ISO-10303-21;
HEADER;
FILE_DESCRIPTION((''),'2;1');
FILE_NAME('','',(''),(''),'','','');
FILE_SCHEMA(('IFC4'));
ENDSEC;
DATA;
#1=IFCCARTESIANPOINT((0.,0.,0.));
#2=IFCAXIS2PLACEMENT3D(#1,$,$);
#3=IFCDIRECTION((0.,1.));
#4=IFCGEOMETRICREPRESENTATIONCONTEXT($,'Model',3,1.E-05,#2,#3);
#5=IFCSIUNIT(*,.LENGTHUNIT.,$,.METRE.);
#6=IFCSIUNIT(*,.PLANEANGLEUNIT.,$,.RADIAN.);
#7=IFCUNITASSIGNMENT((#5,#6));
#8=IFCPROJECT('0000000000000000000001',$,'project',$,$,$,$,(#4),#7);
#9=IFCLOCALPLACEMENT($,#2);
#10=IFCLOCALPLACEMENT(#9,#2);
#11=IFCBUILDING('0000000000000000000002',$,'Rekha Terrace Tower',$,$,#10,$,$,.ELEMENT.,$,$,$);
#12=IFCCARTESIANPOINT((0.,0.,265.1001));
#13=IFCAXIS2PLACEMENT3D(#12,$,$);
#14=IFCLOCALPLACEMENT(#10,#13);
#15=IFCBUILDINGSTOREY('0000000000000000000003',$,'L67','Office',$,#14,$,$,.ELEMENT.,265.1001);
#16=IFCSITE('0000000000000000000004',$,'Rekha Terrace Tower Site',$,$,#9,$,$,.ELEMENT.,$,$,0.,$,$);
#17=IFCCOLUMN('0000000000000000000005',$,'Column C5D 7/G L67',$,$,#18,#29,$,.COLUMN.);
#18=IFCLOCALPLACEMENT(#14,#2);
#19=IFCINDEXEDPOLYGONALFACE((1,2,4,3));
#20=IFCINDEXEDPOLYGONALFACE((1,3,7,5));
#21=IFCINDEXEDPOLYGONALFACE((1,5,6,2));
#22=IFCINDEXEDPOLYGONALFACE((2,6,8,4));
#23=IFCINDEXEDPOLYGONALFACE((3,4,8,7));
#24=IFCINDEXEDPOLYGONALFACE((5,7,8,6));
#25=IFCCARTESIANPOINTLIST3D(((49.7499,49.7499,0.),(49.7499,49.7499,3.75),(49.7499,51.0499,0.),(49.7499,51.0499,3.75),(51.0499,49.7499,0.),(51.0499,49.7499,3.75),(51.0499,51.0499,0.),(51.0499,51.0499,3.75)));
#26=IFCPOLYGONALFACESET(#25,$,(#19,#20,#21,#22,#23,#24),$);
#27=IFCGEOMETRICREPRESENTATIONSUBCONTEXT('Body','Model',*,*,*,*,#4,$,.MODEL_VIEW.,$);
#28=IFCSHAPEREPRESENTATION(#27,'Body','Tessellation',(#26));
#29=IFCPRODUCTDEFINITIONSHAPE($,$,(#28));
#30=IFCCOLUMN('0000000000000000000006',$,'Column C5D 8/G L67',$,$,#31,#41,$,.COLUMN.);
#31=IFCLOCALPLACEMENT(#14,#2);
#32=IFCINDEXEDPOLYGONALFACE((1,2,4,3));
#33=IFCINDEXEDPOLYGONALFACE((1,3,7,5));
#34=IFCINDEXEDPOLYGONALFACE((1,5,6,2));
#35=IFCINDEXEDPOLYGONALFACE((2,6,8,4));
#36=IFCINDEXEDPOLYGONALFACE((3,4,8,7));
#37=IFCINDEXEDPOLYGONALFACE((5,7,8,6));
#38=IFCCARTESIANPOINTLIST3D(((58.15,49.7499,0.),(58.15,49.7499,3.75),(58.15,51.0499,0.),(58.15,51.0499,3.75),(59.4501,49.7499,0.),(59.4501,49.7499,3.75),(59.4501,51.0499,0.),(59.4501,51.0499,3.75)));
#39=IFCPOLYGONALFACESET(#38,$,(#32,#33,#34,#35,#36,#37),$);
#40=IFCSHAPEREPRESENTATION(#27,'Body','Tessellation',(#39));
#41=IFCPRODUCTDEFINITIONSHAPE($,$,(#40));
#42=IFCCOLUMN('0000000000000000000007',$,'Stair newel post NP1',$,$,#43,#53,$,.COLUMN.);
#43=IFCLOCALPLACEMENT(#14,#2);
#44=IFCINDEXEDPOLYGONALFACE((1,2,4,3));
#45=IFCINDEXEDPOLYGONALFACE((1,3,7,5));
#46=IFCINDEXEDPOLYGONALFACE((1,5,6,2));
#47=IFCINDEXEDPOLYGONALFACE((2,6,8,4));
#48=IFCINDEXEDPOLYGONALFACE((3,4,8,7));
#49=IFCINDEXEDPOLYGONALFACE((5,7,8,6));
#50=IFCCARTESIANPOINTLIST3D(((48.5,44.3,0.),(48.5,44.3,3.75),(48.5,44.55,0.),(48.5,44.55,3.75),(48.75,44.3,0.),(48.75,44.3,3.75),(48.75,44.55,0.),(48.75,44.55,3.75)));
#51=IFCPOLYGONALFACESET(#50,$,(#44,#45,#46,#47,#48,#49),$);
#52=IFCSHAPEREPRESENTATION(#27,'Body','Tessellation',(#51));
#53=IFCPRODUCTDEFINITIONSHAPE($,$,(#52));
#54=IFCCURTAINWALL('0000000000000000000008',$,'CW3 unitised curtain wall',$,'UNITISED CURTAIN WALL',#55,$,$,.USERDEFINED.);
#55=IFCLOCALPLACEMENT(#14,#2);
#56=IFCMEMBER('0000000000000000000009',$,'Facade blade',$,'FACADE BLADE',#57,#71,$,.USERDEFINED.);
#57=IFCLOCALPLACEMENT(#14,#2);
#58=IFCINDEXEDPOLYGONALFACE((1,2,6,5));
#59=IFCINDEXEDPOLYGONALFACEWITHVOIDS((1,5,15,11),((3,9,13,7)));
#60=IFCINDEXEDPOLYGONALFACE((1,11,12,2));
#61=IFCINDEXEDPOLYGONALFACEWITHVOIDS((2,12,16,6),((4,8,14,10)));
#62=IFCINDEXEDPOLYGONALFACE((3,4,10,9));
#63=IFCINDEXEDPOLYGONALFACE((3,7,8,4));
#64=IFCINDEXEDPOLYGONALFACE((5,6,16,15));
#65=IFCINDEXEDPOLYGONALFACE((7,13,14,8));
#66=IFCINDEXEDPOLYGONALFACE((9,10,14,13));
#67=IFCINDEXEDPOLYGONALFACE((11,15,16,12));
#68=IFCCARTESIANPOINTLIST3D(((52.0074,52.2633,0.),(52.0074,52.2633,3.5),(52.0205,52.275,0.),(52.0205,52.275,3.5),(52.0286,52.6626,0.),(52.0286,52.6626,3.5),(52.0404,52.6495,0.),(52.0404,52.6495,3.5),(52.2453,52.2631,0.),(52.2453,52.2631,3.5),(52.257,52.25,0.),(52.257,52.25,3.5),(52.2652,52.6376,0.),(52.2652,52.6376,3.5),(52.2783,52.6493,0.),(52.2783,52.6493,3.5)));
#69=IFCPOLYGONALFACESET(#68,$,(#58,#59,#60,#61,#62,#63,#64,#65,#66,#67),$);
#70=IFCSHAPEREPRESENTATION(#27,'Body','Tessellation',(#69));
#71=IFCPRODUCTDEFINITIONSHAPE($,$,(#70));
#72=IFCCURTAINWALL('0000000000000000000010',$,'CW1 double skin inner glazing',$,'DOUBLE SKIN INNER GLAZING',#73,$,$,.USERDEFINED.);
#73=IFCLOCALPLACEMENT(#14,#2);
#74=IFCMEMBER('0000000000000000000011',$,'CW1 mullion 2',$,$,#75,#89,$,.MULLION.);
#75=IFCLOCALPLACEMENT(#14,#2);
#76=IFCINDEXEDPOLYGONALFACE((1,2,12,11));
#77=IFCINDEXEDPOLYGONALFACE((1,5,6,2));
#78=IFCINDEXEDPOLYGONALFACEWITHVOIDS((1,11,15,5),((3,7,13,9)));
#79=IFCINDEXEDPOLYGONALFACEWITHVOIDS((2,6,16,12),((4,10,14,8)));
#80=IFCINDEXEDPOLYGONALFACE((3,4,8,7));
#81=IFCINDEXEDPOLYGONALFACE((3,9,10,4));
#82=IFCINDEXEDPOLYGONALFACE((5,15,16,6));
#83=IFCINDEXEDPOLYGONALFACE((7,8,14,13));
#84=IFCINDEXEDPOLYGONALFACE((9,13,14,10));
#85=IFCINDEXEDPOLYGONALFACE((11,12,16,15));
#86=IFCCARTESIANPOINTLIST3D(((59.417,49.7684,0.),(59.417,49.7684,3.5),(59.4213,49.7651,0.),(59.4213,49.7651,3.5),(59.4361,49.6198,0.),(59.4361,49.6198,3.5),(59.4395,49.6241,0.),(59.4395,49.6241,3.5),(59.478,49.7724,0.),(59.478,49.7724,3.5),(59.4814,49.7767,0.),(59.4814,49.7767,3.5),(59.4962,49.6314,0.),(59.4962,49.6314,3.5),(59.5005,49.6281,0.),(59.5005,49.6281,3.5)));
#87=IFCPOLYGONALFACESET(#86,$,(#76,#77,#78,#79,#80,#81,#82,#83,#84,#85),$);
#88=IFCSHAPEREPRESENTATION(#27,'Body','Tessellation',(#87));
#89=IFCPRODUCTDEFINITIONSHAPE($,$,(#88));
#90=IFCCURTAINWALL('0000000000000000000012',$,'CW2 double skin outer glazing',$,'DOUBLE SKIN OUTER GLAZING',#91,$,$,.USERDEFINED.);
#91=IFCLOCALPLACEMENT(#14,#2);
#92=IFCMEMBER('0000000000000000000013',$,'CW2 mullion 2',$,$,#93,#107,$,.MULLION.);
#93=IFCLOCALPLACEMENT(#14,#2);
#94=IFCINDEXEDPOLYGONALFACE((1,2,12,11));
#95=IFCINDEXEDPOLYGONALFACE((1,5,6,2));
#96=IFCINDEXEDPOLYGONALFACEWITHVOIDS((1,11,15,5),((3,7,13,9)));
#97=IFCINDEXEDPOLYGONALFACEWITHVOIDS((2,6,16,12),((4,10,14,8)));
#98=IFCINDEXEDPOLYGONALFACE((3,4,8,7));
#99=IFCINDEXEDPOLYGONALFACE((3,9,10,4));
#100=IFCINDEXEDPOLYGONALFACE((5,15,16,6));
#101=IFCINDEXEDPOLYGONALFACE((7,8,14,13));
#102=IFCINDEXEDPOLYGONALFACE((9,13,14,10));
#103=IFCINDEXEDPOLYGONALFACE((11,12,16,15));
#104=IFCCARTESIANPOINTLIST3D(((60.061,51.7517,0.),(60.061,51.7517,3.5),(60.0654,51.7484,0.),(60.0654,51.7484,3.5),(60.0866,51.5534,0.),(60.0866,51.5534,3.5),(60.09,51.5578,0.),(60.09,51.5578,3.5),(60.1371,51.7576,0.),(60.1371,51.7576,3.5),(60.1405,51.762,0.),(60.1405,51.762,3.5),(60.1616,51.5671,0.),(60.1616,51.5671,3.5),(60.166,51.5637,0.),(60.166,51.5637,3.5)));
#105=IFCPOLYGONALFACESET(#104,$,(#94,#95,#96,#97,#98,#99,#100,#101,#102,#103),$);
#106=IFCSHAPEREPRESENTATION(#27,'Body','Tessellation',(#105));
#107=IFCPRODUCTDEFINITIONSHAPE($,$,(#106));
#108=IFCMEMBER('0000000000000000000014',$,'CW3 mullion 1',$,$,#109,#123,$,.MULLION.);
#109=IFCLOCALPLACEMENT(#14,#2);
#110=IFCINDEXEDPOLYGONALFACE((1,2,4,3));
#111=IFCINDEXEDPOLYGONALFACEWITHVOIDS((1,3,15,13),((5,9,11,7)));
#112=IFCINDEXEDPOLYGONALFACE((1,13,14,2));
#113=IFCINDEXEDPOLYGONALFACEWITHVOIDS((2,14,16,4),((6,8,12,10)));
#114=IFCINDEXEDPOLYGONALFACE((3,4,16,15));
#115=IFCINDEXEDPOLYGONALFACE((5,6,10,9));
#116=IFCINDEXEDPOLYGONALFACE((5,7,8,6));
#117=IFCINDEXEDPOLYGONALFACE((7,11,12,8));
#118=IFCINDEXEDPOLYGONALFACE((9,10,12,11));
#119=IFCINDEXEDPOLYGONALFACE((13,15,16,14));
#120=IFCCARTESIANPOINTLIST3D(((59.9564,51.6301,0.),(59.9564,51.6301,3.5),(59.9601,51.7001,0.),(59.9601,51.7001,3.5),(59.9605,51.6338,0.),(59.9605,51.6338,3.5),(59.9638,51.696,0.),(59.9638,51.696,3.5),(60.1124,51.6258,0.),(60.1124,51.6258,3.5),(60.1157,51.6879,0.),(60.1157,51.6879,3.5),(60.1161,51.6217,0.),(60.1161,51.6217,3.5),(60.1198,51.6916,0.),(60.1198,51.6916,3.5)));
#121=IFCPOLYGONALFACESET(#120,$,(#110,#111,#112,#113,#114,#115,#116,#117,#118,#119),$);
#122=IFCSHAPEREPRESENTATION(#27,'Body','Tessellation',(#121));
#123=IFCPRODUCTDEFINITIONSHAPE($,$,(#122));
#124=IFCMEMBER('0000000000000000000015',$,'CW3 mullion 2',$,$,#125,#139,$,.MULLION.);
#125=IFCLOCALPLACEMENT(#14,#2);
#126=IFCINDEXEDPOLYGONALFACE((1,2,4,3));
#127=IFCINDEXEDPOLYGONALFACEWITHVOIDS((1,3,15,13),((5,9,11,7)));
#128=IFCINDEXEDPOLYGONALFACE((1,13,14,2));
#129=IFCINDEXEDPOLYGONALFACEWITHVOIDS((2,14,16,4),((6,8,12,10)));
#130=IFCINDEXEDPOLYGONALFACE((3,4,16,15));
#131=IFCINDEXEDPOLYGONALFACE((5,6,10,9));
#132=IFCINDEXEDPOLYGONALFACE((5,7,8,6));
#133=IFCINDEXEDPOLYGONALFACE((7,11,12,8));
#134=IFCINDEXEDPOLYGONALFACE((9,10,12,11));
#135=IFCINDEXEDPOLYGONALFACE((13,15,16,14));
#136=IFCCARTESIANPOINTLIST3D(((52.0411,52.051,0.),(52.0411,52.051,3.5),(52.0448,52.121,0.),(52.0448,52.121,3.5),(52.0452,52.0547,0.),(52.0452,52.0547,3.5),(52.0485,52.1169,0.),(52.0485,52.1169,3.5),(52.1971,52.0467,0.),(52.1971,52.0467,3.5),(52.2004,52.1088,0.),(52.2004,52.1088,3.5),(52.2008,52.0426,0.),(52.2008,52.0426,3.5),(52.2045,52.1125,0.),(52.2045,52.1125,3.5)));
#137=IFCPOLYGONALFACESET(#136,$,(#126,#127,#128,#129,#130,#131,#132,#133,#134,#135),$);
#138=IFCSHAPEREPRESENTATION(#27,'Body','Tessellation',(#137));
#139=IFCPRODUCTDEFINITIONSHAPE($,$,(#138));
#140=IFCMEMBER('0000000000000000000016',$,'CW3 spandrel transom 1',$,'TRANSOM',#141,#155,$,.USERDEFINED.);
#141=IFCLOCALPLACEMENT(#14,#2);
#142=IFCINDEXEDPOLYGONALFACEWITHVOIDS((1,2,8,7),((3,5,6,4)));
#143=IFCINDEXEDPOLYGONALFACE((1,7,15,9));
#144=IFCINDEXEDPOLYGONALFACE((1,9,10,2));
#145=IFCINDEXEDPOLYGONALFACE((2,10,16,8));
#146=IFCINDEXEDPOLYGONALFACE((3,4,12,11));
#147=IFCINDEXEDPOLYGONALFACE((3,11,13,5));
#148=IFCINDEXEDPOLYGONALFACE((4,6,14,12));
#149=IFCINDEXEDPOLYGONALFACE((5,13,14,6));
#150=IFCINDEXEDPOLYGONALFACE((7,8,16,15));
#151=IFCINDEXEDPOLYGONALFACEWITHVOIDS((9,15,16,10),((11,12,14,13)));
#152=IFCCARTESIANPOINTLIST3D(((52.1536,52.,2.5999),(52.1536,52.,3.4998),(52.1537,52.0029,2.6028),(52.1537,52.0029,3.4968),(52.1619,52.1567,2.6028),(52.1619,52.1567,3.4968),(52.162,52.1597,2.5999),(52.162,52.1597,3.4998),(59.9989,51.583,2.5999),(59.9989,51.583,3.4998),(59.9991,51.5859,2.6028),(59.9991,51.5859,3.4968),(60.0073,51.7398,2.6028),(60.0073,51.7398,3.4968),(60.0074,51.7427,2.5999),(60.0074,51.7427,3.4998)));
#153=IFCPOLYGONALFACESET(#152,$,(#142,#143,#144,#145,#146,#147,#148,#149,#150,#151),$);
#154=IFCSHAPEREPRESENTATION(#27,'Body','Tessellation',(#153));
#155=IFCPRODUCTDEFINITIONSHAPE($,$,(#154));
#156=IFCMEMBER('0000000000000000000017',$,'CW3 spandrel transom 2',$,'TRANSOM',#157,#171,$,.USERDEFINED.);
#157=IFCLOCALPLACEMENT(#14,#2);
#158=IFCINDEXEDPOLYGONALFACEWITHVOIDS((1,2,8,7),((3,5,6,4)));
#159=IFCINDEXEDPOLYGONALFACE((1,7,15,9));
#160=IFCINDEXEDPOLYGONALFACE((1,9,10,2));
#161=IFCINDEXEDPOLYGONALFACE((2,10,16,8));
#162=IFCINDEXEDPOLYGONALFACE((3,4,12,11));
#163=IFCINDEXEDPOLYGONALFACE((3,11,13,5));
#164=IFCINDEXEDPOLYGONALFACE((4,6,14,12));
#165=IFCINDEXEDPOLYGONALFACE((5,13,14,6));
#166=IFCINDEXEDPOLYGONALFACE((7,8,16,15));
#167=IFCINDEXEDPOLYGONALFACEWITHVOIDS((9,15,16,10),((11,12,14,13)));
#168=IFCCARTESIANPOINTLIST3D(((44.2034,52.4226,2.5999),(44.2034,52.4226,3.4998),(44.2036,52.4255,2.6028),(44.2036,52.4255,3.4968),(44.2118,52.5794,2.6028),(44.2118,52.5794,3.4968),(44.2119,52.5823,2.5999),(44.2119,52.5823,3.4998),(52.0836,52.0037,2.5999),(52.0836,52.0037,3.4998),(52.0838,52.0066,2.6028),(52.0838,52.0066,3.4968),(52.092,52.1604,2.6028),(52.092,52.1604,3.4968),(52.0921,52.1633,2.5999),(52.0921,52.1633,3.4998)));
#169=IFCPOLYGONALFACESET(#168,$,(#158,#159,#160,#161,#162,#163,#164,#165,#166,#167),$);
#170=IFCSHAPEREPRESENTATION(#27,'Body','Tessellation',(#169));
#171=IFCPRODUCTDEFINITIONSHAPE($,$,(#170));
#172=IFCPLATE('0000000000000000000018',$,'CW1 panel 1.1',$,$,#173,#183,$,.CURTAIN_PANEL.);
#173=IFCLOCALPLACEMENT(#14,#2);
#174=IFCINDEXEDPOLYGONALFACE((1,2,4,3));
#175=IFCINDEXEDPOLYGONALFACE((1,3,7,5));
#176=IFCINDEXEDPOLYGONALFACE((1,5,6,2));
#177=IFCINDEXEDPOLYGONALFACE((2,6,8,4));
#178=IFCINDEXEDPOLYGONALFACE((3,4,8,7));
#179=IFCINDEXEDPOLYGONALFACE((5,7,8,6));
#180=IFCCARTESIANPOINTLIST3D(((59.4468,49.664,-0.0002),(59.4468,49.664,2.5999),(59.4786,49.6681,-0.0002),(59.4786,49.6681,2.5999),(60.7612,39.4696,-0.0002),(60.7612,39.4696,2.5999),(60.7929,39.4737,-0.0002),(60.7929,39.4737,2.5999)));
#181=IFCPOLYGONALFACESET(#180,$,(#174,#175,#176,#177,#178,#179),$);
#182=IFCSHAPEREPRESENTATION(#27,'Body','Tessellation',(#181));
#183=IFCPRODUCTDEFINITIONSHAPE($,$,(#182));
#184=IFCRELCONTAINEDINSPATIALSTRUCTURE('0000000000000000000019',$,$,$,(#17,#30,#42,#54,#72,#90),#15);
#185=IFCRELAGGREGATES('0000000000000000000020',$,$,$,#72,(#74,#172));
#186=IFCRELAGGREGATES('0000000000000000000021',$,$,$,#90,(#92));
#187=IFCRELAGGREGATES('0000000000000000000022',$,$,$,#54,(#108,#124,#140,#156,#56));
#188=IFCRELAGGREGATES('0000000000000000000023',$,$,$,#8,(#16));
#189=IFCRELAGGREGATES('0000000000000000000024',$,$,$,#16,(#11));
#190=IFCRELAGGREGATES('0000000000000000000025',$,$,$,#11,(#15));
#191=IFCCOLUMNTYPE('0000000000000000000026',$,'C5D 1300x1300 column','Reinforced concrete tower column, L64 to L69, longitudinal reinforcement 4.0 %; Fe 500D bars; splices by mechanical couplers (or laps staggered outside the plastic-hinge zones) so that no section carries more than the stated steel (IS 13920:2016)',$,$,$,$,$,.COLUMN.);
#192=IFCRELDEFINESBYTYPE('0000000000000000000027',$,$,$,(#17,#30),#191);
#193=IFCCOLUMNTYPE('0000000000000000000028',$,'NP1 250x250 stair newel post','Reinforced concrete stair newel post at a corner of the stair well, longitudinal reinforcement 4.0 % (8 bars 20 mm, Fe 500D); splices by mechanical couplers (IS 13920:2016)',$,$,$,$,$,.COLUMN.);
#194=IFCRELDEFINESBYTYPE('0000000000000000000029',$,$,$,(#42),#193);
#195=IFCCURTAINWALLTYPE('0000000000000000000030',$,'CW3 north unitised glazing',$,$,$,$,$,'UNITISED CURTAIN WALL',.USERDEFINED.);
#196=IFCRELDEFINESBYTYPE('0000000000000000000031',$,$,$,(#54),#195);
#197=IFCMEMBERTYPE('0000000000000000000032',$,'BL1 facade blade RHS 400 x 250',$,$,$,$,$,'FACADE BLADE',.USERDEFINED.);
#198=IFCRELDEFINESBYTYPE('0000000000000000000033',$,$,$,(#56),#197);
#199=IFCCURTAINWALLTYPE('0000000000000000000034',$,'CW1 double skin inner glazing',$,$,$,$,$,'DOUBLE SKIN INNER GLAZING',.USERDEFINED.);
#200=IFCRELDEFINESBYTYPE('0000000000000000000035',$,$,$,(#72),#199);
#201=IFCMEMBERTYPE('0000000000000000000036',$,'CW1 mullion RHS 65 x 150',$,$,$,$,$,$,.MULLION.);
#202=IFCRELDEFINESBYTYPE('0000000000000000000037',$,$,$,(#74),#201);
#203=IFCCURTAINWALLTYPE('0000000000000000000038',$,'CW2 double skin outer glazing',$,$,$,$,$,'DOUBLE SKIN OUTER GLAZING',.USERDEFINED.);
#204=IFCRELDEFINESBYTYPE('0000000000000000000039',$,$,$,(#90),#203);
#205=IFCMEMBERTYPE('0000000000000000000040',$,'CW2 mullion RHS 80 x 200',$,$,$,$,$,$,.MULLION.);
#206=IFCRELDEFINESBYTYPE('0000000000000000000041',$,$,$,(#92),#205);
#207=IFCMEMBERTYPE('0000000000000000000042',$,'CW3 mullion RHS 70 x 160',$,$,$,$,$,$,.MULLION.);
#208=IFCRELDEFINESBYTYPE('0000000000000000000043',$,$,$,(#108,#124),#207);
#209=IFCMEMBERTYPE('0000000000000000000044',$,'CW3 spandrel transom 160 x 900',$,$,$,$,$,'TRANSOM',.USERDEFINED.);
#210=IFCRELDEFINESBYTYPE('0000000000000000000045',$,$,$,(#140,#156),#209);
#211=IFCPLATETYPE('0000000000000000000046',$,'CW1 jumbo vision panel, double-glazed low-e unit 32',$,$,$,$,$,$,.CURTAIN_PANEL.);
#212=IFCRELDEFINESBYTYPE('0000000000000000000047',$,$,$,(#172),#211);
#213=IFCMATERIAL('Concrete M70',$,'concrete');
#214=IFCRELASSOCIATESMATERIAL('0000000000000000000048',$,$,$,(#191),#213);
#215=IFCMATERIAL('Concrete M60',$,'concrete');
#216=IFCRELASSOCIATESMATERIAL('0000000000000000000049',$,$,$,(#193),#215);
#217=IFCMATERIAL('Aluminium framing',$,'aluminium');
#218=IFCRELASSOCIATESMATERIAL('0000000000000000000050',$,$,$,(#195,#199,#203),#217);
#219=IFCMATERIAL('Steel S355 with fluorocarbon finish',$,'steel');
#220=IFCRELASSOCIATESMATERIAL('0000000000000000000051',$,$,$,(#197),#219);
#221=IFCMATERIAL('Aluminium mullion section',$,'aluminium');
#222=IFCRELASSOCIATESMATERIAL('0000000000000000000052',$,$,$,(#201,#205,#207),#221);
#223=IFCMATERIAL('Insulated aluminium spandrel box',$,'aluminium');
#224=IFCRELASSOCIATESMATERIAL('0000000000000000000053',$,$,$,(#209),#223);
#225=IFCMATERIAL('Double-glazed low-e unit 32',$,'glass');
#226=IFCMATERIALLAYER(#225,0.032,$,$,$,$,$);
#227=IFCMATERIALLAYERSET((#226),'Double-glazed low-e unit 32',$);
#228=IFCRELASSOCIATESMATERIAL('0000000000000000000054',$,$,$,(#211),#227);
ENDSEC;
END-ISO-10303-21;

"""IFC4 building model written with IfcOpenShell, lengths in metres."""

from ifc_helpers import new_model, si_unit, direction, frame, origin, origin_2d, place, context, subcontext, project, spatial, rectangle, hollow_rectangle, extrude, material, layer, layer_set, material_profile, profile_set, type_object, element, aggregate, save


model = new_model("IFC4")

# Units and contexts
model_context = context("Model", 3, precision=1e-05, world=origin(), true_north=direction((0.0, 1.0)))
body_context = subcontext(model_context, "Body", "Model", "MODEL_VIEW")
ifc_project = project(units=[si_unit("LENGTHUNIT", "METRE"), si_unit("PLANEANGLEUNIT", "RADIAN")], contexts=[model_context])

# Site, building, storey
site_placement = place(None, origin())
site = spatial("IfcSite", under=ifc_project, at=site_placement, Name="Rekha Terrace Tower Site", CompositionType="ELEMENT", RefElevation=0.0)
building_placement = place(site_placement, origin())
building = spatial("IfcBuilding", under=site, at=building_placement, Name="Rekha Terrace Tower", CompositionType="ELEMENT")
storey_placement = place(building_placement, frame((0.0, 0.0, 265.1001)))
storey = spatial("IfcBuildingStorey", under=building, at=storey_placement, Name="L67", Description="Office", CompositionType="ELEMENT", Elevation=265.1001)

# Columns
ifc_material_1 = material(Name="Concrete M70", Category="concrete")
ifc_material_profile_1 = material_profile(ifc_material_1, rectangle(XDim=1.3, YDim=1.3, at=origin_2d()), Name="RC 1300x1300")
ifc_profile_set_1 = profile_set([ifc_material_profile_1], Name="Concrete M70")
column_type_1 = type_object("IfcColumnType", Name="C5D 1300x1300 column", Description="Reinforced concrete tower column, L64 to L69, longitudinal reinforcement 4.0 %; Fe 500D bars; splices by mechanical couplers (or laps staggered outside the plastic-hinge zones) so that no section carries more than the stated steel (IS 13920:2016)", PredefinedType="COLUMN", material=ifc_profile_set_1)
for number, where, z_axis, x_axis, name in (
    (1, (50.3999, 50.3999, 0.0), (0.0, 0.0, 1.0), (1.0, 0.0, 0.0), "Column C5D 7/G L67"),
    (2, (58.8, 50.3999, 0.0), (0.0, 0.0, 1.0), (1.0, 0.0, 0.0), "Column C5D 8/G L67"),
):
    element("IfcColumn", number, at=place(storey_placement, frame(where, z_axis=z_axis, x_axis=x_axis)), inside=storey, type_object=column_type_1, Name=name, PredefinedType="COLUMN", context=body_context, shape_type="SweptSolid", body=[
        extrude(rectangle(XDim=1.3, YDim=1.3, at=origin_2d()), origin(), (0.0, 0.0, 1.0), 3.75),
    ])
ifc_material_2 = material(Name="Concrete M60", Category="concrete")
ifc_material_profile_2 = material_profile(ifc_material_2, rectangle(XDim=0.25, YDim=0.25, at=origin_2d()), Name="RC 250x250")
ifc_profile_set_2 = profile_set([ifc_material_profile_2], Name="Concrete M60")
column_type_2 = type_object("IfcColumnType", Name="NP1 250x250 stair newel post", Description="Reinforced concrete stair newel post at a corner of the stair well, longitudinal reinforcement 4.0 % (8 bars 20 mm, Fe 500D); splices by mechanical couplers (IS 13920:2016)", PredefinedType="COLUMN", material=ifc_profile_set_2)
column_placement = place(storey_placement, frame((48.625, 44.425, 0.0), z_axis=(0.0, 0.0, 1.0), x_axis=(1.0, 0.0, 0.0)))
element("IfcColumn", 3, at=column_placement, inside=storey, type_object=column_type_2, Name="Stair newel post NP1", PredefinedType="COLUMN", context=body_context, shape_type="SweptSolid", body=[
    extrude(rectangle(XDim=0.25, YDim=0.25, at=origin_2d()), origin(), (0.0, 0.0, 1.0), 3.75),
])

# Curtain walls, members
ifc_material_3 = material(Name="Aluminium framing", Category="aluminium")
curtain_wall_type_1 = type_object("IfcCurtainWallType", Name="CW3 north unitised glazing", ElementType="UNITISED CURTAIN WALL", PredefinedType="USERDEFINED", material=ifc_material_3)
curtain_wall_1_placement = place(storey_placement, origin())
curtain_wall_1 = element("IfcCurtainWall", 4, at=curtain_wall_1_placement, inside=storey, type_object=curtain_wall_type_1, Name="CW3 unitised curtain wall", ObjectType="UNITISED CURTAIN WALL", PredefinedType="USERDEFINED")
ifc_material_4 = material(Name="Steel S355 with fluorocarbon finish", Category="steel")
ifc_material_profile_3 = material_profile(ifc_material_4, hollow_rectangle(XDim=0.25, YDim=0.3999, WallThickness=0.0125, at=origin_2d()), Name="RHS400x250x12.5")
ifc_profile_set_3 = profile_set([ifc_material_profile_3], Name="Steel S355 with fluorocarbon finish")
member_type_1 = type_object("IfcMemberType", Name="BL1 facade blade RHS 400 x 250", ElementType="FACADE BLADE", PredefinedType="USERDEFINED", material=ifc_profile_set_3)
member_1_placement = place(storey_placement, frame((52.1428, 52.4563, 0.0), z_axis=(0.0, 0.0, 1.0), x_axis=(-0.99859, 0.053084, 0.0)))
member_1 = element("IfcMember", 5, at=member_1_placement, type_object=member_type_1, Name="Facade blade", ObjectType="FACADE BLADE", PredefinedType="USERDEFINED", context=body_context, shape_type="SweptSolid", body=[
    extrude(hollow_rectangle(XDim=0.25, YDim=0.3999, WallThickness=0.0125, at=origin_2d()), origin(), (0.0, 0.0, 1.0), 3.5),
])
curtain_wall_type_2 = type_object("IfcCurtainWallType", Name="CW1 double skin inner glazing", ElementType="DOUBLE SKIN INNER GLAZING", PredefinedType="USERDEFINED", material=ifc_material_3)
curtain_wall_2_placement = place(storey_placement, origin())
curtain_wall_2 = element("IfcCurtainWall", 6, at=curtain_wall_2_placement, inside=storey, type_object=curtain_wall_type_2, Name="CW1 double skin inner glazing", ObjectType="DOUBLE SKIN INNER GLAZING", PredefinedType="USERDEFINED")
ifc_material_5 = material(Name="Aluminium mullion section", Category="aluminium")
ifc_material_profile_4 = material_profile(ifc_material_5, hollow_rectangle(XDim=0.0649, YDim=0.1499, WallThickness=0.0039, at=origin_2d()), Name="AL RHS 65x150")
ifc_profile_set_4 = profile_set([ifc_material_profile_4], Name="Aluminium mullion section")
member_type_2 = type_object("IfcMemberType", Name="CW1 mullion RHS 65 x 150", PredefinedType="MULLION", material=ifc_profile_set_4)
member_2_placement = place(storey_placement, frame((59.4587, 49.6982, 0.0), z_axis=(0.0, 0.0, 1.0), x_axis=(-0.991791, -0.12787, 0.0)))
member_2 = element("IfcMember", 7, at=member_2_placement, type_object=member_type_2, Name="CW1 mullion 2", PredefinedType="MULLION", context=body_context, shape_type="SweptSolid", body=[
    extrude(hollow_rectangle(XDim=0.0649, YDim=0.1499, WallThickness=0.0039, at=origin_2d()), origin(), (0.0, 0.0, 1.0), 3.5),
])
curtain_wall_type_3 = type_object("IfcCurtainWallType", Name="CW2 double skin outer glazing", ElementType="DOUBLE SKIN OUTER GLAZING", PredefinedType="USERDEFINED", material=ifc_material_3)
curtain_wall_3_placement = place(storey_placement, origin())
curtain_wall_3 = element("IfcCurtainWall", 8, at=curtain_wall_3_placement, inside=storey, type_object=curtain_wall_type_3, Name="CW2 double skin outer glazing", ObjectType="DOUBLE SKIN OUTER GLAZING", PredefinedType="USERDEFINED")
ifc_material_profile_5 = material_profile(ifc_material_5, hollow_rectangle(XDim=0.0801, YDim=0.2, WallThickness=0.0039, at=origin_2d()), Name="AL RHS 80x200")
ifc_profile_set_5 = profile_set([ifc_material_profile_5], Name="Aluminium mullion section")
member_type_3 = type_object("IfcMemberType", Name="CW2 mullion RHS 80 x 200", PredefinedType="MULLION", material=ifc_profile_set_5)
member_3_placement = place(storey_placement, frame((60.1135, 51.6577, 0.0), z_axis=(0.0, 0.0, 1.0), x_axis=(-0.991791, -0.12787, 0.0)))
member_3 = element("IfcMember", 9, at=member_3_placement, type_object=member_type_3, Name="CW2 mullion 2", PredefinedType="MULLION", context=body_context, shape_type="SweptSolid", body=[
    extrude(hollow_rectangle(XDim=0.0801, YDim=0.2, WallThickness=0.0039, at=origin_2d()), origin(), (0.0, 0.0, 1.0), 3.5),
])

# Members
ifc_material_profile_6 = material_profile(ifc_material_5, hollow_rectangle(XDim=0.0701, YDim=0.1599, WallThickness=0.0039, at=origin_2d()), Name="AL RHS 70x160")
ifc_profile_set_6 = profile_set([ifc_material_profile_6], Name="Aluminium mullion section")
member_type_4 = type_object("IfcMemberType", Name="CW3 mullion RHS 70 x 160", PredefinedType="MULLION", material=ifc_profile_set_6)
member_4_placement = place(storey_placement, frame((60.0381, 51.6609, 0.0), z_axis=(0.0, 0.0, 1.0), x_axis=(-0.053083, -0.99859, 0.0)))
member_4 = element("IfcMember", 10, at=member_4_placement, type_object=member_type_4, Name="CW3 mullion 1", PredefinedType="MULLION", context=body_context, shape_type="SweptSolid", body=[
    extrude(hollow_rectangle(XDim=0.0701, YDim=0.1599, WallThickness=0.0039, at=origin_2d()), origin(), (0.0, 0.0, 1.0), 3.5),
])
member_5_placement = place(storey_placement, frame((52.1228, 52.0818, 0.0), z_axis=(0.0, 0.0, 1.0), x_axis=(-0.053083, -0.99859, 0.0)))
member_5 = element("IfcMember", 11, at=member_5_placement, type_object=member_type_4, Name="CW3 mullion 2", PredefinedType="MULLION", context=body_context, shape_type="SweptSolid", body=[
    extrude(hollow_rectangle(XDim=0.0701, YDim=0.1599, WallThickness=0.0039, at=origin_2d()), origin(), (0.0, 0.0, 1.0), 3.5),
])
ifc_material_6 = material(Name="Insulated aluminium spandrel box", Category="aluminium")
ifc_material_profile_7 = material_profile(ifc_material_6, hollow_rectangle(XDim=0.1599, YDim=0.8999, WallThickness=0.0029, at=origin_2d()), Name="AL SPANDREL BOX 160x900")
ifc_profile_set_7 = profile_set([ifc_material_profile_7], Name="Insulated aluminium spandrel box")
member_type_5 = type_object("IfcMemberType", Name="CW3 spandrel transom 160 x 900", ElementType="TRANSOM", PredefinedType="USERDEFINED", material=ifc_profile_set_7)
member_6_placement = place(storey_placement, frame((60.0032, 51.6628, 3.0498), z_axis=(-0.99859, 0.053076, 0.0), x_axis=(-0.053076, -0.99859, 0.0)))
member_6 = element("IfcMember", 12, at=member_6_placement, type_object=member_type_5, Name="CW3 spandrel transom 1", ObjectType="TRANSOM", PredefinedType="USERDEFINED", context=body_context, shape_type="SweptSolid", body=[
    extrude(hollow_rectangle(XDim=0.1599, YDim=0.8999, WallThickness=0.0029, at=origin_2d()), origin(), (0.0, 0.0, 1.0), 7.8564),
])
member_7_placement = place(storey_placement, frame((52.0879, 52.0835, 3.0498), z_axis=(-0.99859, 0.05309, 0.0), x_axis=(-0.05309, -0.99859, 0.0)))
member_7 = element("IfcMember", 13, at=member_7_placement, type_object=member_type_5, Name="CW3 spandrel transom 2", ObjectType="TRANSOM", PredefinedType="USERDEFINED", context=body_context, shape_type="SweptSolid", body=[
    extrude(hollow_rectangle(XDim=0.1599, YDim=0.8999, WallThickness=0.0029, at=origin_2d()), origin(), (0.0, 0.0, 1.0), 7.8914),
])

# Plate
ifc_material_7 = material(Name="Double-glazed low-e unit 32", Category="glass")
ifc_layer_1 = layer(ifc_material_7, 0.032)
ifc_layer_set_1 = layer_set([ifc_layer_1], Name="Double-glazed low-e unit 32")
plate_type_1 = type_object("IfcPlateType", Name="CW1 jumbo vision panel, double-glazed low-e unit 32", PredefinedType="CURTAIN_PANEL", material=ifc_layer_set_1)
plate_1_placement = place(storey_placement, frame((60.1199, 44.5688, -0.0002), z_axis=(0.0, 0.0, 1.0), x_axis=(-0.12787, 0.991791, 0.0)))
plate_1 = element("IfcPlate", 14, at=plate_1_placement, type_object=plate_type_1, Name="CW1 panel 1.1", PredefinedType="CURTAIN_PANEL", context=body_context, shape_type="SweptSolid", body=[
    extrude(rectangle(XDim=10.2788, YDim=0.032, at=origin_2d()), origin(), (0.0, 0.0, 1.0), 2.6001),
])
aggregate(curtain_wall_2, [member_2, plate_1])
aggregate(curtain_wall_3, [member_3])
aggregate(curtain_wall_1, [member_4, member_5, member_6, member_7, member_1])

save(model, "model.ifc")
